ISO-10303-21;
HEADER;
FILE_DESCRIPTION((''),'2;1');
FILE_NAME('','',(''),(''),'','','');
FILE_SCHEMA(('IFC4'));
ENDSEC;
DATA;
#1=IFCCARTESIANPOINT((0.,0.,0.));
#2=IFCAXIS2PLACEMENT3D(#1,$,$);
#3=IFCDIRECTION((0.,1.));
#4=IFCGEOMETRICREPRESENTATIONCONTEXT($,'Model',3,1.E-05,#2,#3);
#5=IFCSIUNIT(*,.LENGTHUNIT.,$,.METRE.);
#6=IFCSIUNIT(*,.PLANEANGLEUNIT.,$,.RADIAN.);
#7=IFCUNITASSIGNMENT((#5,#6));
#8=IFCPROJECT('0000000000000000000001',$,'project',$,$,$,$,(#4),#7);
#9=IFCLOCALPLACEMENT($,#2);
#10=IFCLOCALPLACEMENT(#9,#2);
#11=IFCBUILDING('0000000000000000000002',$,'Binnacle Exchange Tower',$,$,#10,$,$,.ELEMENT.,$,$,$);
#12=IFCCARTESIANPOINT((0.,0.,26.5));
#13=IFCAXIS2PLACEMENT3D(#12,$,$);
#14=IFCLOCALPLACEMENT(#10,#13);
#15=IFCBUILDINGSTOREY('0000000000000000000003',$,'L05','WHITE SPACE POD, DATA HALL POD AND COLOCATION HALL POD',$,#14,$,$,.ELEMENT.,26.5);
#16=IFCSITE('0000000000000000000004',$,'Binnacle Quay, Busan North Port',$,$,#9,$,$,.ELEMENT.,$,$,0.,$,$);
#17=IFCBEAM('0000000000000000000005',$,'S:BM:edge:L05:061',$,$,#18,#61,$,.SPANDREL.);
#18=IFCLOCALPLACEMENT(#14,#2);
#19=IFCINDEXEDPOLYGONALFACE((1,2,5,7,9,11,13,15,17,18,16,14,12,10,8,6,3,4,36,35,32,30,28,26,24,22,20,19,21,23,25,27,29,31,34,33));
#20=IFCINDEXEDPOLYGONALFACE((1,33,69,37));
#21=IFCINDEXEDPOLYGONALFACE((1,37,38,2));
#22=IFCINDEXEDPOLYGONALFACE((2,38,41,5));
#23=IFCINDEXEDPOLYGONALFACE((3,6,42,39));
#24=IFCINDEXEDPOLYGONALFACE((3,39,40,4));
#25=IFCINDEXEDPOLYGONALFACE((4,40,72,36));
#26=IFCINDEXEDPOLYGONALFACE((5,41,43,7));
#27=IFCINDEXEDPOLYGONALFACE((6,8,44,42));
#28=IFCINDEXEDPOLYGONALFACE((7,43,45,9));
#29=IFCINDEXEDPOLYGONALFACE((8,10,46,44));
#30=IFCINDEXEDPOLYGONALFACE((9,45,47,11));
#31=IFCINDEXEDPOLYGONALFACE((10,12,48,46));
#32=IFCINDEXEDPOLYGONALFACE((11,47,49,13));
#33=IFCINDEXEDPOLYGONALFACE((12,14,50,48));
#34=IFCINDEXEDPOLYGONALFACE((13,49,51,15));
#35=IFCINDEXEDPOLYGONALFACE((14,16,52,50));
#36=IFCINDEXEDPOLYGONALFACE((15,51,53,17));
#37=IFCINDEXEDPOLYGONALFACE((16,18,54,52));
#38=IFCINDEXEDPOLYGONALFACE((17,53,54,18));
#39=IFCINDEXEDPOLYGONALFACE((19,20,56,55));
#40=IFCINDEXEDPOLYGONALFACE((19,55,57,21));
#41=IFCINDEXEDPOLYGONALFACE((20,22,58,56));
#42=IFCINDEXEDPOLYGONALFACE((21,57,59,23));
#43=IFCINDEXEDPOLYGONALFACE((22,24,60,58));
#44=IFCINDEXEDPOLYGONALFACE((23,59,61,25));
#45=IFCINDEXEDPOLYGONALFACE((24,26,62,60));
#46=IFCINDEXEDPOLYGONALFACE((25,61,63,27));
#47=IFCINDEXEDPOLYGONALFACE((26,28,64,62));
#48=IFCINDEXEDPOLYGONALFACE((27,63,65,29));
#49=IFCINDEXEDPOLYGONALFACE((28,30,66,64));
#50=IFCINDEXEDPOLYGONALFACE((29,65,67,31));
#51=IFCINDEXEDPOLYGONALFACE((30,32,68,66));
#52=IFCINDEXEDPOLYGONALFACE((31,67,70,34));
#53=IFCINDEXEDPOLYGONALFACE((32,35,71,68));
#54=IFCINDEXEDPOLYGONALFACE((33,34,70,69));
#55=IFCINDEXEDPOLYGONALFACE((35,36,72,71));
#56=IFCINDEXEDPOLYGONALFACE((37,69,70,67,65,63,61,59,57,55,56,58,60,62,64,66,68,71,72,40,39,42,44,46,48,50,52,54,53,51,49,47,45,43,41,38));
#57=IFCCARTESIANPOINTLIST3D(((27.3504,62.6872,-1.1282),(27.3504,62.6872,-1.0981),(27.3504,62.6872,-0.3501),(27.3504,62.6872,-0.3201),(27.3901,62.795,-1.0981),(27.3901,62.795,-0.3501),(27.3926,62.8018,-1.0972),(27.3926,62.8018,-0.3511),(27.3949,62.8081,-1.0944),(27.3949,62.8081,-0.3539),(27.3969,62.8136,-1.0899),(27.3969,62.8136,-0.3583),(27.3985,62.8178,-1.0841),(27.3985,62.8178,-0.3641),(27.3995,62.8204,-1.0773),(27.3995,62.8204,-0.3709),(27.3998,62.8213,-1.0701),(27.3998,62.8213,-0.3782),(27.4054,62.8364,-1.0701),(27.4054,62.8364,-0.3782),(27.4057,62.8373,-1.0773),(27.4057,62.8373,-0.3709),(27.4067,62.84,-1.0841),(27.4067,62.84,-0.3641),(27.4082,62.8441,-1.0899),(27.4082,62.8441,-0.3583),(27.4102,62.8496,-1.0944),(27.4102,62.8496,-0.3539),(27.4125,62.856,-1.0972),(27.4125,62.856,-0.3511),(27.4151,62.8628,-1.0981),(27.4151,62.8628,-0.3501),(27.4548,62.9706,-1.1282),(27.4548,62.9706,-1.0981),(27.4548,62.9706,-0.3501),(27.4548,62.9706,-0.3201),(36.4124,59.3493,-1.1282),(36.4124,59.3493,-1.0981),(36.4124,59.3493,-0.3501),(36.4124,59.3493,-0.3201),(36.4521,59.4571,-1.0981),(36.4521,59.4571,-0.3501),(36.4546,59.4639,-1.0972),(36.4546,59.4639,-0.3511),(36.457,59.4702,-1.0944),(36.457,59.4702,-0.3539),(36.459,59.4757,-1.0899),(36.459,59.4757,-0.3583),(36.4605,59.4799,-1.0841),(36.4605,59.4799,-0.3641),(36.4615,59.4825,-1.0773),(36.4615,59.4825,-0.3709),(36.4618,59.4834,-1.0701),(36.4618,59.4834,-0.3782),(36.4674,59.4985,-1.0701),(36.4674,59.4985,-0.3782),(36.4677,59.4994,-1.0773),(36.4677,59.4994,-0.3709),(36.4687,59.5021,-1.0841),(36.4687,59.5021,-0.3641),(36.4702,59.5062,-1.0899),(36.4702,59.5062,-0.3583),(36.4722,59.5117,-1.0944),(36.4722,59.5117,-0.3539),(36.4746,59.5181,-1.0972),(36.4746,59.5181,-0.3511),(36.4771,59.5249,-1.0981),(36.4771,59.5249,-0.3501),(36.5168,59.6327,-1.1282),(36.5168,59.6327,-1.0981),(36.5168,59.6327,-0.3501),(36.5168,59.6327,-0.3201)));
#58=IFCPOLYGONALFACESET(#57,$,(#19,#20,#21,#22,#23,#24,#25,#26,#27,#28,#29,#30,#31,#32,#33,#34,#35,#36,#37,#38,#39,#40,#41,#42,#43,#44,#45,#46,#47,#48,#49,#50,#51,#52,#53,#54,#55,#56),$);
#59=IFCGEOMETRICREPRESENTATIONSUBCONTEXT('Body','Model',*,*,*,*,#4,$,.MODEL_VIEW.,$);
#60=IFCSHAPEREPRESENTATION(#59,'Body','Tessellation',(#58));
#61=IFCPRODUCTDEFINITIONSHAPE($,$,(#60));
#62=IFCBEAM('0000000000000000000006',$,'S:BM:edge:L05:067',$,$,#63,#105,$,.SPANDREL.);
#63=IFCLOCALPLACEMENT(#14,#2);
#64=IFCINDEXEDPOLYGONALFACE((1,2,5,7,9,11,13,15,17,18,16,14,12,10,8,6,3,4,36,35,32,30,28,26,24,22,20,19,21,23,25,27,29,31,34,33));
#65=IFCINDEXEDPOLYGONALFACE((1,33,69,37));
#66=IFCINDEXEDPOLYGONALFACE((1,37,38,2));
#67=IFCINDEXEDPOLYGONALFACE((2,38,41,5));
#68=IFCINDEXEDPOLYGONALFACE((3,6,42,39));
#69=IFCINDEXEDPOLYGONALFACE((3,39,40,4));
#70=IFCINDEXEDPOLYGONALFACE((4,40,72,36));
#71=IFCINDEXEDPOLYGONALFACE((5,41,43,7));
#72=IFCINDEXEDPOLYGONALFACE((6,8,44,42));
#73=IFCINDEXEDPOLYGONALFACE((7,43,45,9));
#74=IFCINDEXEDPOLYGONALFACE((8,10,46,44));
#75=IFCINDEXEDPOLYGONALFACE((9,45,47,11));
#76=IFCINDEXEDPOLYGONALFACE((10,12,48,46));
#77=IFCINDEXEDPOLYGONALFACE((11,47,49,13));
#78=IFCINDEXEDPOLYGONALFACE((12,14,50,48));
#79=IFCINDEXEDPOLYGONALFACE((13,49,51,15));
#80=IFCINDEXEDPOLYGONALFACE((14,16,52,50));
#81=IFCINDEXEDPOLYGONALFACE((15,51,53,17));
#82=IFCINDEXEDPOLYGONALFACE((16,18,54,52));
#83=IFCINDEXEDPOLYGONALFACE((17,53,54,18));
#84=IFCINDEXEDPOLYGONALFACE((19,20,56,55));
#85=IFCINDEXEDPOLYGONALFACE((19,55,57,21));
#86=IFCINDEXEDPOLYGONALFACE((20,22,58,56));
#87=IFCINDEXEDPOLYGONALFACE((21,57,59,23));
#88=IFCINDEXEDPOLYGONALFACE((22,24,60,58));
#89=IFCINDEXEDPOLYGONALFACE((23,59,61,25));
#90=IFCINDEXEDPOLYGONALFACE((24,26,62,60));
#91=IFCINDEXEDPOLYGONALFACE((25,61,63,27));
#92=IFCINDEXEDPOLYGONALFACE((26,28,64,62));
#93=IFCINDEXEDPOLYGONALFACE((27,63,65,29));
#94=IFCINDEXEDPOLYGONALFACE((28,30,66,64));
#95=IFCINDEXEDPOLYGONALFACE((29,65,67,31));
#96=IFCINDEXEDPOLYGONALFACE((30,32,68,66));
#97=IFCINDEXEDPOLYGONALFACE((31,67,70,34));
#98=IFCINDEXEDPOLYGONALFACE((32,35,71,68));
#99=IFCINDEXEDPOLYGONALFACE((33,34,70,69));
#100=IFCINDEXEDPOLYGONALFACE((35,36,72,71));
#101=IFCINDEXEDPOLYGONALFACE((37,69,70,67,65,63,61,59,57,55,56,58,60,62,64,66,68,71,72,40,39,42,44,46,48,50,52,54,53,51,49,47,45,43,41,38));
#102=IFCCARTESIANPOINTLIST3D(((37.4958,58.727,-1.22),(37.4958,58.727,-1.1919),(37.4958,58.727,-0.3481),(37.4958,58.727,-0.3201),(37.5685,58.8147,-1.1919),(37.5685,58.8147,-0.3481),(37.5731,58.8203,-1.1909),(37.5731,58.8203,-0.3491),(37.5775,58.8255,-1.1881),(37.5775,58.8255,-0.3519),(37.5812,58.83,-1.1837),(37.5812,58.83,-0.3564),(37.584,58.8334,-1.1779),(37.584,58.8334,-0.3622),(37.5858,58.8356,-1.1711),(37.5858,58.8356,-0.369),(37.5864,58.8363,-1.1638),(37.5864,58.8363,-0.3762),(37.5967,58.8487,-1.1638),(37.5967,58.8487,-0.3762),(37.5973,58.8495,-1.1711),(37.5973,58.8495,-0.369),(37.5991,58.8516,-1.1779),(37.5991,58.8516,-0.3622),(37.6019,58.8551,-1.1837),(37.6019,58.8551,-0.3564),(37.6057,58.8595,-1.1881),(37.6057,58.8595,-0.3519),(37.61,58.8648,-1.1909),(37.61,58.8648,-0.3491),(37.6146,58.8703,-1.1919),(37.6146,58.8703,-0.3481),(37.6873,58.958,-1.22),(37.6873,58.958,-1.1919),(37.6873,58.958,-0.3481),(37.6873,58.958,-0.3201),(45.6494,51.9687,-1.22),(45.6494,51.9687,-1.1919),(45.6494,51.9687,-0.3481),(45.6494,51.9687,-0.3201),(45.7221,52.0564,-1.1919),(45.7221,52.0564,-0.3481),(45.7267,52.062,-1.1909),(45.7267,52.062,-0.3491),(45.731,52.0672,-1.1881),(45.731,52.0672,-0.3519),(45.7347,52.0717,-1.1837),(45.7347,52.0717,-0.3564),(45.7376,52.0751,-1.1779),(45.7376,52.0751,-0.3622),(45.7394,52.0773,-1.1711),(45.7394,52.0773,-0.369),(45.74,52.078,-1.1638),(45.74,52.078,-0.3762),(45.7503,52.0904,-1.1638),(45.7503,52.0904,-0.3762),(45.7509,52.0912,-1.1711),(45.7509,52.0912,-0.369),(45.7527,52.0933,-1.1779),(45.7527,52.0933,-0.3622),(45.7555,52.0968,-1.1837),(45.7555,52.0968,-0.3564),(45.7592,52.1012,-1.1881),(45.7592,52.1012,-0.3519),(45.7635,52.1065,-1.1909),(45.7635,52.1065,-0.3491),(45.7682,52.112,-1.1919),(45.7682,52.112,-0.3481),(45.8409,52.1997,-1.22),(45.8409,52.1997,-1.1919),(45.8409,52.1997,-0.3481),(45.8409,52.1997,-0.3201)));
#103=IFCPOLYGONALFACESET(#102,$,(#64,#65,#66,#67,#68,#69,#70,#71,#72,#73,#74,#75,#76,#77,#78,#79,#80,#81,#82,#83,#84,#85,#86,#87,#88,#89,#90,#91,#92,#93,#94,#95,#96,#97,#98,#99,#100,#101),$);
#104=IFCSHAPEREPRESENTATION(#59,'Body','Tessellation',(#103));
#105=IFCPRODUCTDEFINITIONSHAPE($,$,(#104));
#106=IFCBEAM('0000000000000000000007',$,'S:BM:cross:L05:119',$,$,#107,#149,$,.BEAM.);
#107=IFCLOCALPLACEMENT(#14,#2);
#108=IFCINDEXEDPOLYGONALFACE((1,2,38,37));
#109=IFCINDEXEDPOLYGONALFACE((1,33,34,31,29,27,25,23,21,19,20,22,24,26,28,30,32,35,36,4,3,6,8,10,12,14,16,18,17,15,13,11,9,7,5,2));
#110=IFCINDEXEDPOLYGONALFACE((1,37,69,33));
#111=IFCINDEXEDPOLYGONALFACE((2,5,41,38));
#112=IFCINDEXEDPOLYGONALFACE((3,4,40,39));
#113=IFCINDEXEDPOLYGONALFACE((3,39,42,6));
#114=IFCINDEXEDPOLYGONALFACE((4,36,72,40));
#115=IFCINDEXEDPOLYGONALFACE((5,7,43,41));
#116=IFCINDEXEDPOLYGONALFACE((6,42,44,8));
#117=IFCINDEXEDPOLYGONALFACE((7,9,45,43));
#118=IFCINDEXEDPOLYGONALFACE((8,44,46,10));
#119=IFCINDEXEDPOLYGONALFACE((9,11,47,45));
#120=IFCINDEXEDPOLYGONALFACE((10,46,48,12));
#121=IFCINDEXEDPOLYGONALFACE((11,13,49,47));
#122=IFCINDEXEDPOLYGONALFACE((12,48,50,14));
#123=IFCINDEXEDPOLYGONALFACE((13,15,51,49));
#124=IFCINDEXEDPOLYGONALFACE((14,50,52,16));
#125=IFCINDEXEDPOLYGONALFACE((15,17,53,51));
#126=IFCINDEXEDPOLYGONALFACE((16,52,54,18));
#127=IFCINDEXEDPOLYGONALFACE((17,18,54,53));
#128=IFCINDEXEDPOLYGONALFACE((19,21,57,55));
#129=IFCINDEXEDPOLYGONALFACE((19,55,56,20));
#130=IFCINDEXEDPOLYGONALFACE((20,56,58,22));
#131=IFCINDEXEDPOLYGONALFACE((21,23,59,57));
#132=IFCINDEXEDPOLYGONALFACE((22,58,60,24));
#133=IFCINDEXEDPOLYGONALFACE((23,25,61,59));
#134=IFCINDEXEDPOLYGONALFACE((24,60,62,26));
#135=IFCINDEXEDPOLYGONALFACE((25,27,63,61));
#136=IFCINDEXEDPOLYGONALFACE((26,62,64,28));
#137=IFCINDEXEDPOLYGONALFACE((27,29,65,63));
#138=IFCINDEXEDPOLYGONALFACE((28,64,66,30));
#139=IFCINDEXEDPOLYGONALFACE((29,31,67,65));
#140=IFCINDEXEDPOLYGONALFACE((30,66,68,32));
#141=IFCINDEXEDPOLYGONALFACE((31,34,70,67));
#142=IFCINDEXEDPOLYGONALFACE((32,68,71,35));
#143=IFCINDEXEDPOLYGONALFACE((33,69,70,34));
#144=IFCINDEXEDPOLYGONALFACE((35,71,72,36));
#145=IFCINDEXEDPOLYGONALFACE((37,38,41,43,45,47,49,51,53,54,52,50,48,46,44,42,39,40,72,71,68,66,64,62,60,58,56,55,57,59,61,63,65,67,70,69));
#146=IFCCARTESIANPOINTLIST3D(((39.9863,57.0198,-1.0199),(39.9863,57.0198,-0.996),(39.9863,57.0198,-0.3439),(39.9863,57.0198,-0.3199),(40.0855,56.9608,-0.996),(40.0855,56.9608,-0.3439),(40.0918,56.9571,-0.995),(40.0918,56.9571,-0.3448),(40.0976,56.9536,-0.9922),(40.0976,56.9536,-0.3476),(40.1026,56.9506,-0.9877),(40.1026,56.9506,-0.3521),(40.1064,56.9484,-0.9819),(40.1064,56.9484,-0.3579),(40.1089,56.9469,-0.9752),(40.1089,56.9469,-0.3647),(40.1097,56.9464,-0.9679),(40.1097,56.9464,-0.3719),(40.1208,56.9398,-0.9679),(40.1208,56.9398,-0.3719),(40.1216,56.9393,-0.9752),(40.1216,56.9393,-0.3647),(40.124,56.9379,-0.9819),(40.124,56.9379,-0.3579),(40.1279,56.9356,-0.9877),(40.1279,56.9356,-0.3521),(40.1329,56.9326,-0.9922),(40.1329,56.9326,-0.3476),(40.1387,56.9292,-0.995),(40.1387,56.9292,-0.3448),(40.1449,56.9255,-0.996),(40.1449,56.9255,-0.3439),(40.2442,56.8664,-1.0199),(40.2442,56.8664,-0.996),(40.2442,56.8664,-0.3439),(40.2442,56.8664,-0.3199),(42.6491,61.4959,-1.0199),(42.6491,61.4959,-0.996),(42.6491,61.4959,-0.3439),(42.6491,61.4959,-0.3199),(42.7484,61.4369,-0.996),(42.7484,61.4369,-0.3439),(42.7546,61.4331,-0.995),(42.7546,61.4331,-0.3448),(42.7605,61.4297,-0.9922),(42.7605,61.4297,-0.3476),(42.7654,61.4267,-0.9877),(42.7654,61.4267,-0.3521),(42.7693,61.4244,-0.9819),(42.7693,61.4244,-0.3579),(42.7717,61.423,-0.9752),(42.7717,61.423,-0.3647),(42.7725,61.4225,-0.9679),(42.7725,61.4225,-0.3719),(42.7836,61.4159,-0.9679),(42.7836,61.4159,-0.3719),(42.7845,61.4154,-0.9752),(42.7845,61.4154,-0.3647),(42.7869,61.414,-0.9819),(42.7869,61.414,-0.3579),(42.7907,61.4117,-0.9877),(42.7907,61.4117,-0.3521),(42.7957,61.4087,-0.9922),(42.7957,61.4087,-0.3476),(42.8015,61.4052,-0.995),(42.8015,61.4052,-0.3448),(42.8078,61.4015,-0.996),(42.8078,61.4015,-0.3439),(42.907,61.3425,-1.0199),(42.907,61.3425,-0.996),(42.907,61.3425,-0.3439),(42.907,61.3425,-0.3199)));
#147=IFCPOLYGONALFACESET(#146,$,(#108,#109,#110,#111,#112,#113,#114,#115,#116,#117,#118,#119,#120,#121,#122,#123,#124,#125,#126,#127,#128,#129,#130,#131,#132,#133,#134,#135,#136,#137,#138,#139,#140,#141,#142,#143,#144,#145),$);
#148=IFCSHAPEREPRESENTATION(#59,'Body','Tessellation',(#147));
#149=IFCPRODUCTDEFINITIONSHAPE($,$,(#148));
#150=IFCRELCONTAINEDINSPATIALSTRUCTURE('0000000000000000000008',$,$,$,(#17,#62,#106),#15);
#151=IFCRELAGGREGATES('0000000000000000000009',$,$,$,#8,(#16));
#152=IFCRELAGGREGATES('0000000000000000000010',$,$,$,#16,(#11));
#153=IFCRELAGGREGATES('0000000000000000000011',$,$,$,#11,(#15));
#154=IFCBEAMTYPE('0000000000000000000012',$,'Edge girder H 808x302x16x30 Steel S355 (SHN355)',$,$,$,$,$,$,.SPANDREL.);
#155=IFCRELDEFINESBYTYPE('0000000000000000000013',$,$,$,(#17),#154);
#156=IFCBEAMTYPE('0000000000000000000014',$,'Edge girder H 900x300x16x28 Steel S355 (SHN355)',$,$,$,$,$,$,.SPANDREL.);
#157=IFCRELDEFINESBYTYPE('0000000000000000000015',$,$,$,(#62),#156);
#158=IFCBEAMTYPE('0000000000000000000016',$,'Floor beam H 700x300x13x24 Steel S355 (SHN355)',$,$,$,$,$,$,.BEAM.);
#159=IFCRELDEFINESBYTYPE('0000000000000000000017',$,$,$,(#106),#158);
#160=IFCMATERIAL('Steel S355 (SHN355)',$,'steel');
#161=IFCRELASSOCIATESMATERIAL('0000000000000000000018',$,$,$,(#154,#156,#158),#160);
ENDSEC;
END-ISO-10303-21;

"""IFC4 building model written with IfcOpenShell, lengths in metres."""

from ifc_helpers import new_model, si_unit, direction, frame, origin, origin_2d, place, context, subcontext, project, spatial, i_section, extrude, material, material_profile, profile_set, type_object, element, save


model = new_model("IFC4")

# Units and contexts
model_context = context("Model", 3, precision=1e-05, world=origin(), true_north=direction((0.0, 1.0)))
body_context = subcontext(model_context, "Body", "Model", "MODEL_VIEW")
ifc_project = project(units=[si_unit("LENGTHUNIT", "METRE"), si_unit("PLANEANGLEUNIT", "RADIAN")], contexts=[model_context])

# Site, building, storey
site_placement = place(None, origin())
site = spatial("IfcSite", under=ifc_project, at=site_placement, Name="Binnacle Quay, Busan North Port", CompositionType="ELEMENT", RefElevation=0.0)
building_placement = place(site_placement, origin())
building = spatial("IfcBuilding", under=site, at=building_placement, Name="Binnacle Exchange Tower", CompositionType="ELEMENT")
storey_placement = place(building_placement, frame((0.0, 0.0, 26.5)))
storey = spatial("IfcBuildingStorey", under=building, at=storey_placement, Name="L05", Description="WHITE SPACE POD, DATA HALL POD AND COLOCATION HALL POD", CompositionType="ELEMENT", Elevation=26.5)

# Beams
ifc_material_1 = material(Name="Steel S355 (SHN355)", Category="steel")
ifc_material_profile_1 = material_profile(ifc_material_1, i_section(OverallWidth=0.302, OverallDepth=0.8081, WebThickness=0.0161, FlangeThickness=0.03, FilletRadius=0.0281, at=origin_2d()), Name="H 808x302x16x30")
ifc_profile_set_1 = profile_set([ifc_material_profile_1], Name="Steel S355 (SHN355)")
beam_type_1 = type_object("IfcBeamType", Name="Edge girder H 808x302x16x30 Steel S355 (SHN355)", PredefinedType="SPANDREL", material=ifc_profile_set_1)
beam_1_placement = place(storey_placement, frame((36.4646, 59.491, -0.7241), z_axis=(-0.938368, 0.345637, 0.0), x_axis=(-0.345637, -0.938368, 0.0)))
element("IfcBeam", 1, at=beam_1_placement, inside=storey, type_object=beam_type_1, Name="S:BM:edge:L05:061", PredefinedType="SPANDREL", context=body_context, shape_type="SweptSolid", body=[
    extrude(i_section(OverallWidth=0.302, OverallDepth=0.8081, WebThickness=0.0161, FlangeThickness=0.03, FilletRadius=0.0281, at=origin_2d()), origin(), (0.0, 0.0, 1.0), 9.6572),
])
ifc_material_profile_2 = material_profile(ifc_material_1, i_section(OverallWidth=0.3, OverallDepth=0.8999, WebThickness=0.0161, FlangeThickness=0.0281, FilletRadius=0.0281, at=origin_2d()), Name="H 900x300x16x28")
ifc_profile_set_2 = profile_set([ifc_material_profile_2], Name="Steel S355 (SHN355)")
beam_type_2 = type_object("IfcBeamType", Name="Edge girder H 900x300x16x28 Steel S355 (SHN355)", PredefinedType="SPANDREL", material=ifc_profile_set_2)
beam_2_placement = place(storey_placement, frame((45.7451, 52.0842, -0.77), z_axis=(-0.769906, 0.638157, 0.0), x_axis=(-0.638157, -0.769906, 0.0)))
element("IfcBeam", 2, at=beam_2_placement, inside=storey, type_object=beam_type_2, Name="S:BM:edge:L05:067", PredefinedType="SPANDREL", context=body_context, shape_type="SweptSolid", body=[
    extrude(i_section(OverallWidth=0.3, OverallDepth=0.8999, WebThickness=0.0161, FlangeThickness=0.0281, FilletRadius=0.0281, at=origin_2d()), origin(), (0.0, 0.0, 1.0), 10.5903),
])
ifc_material_profile_3 = material_profile(ifc_material_1, i_section(OverallWidth=0.3, OverallDepth=0.7, WebThickness=0.0129, FlangeThickness=0.0239, FilletRadius=0.0281, at=origin_2d()), Name="H 700x300x13x24")
ifc_profile_set_3 = profile_set([ifc_material_profile_3], Name="Steel S355 (SHN355)")
beam_type_3 = type_object("IfcBeamType", Name="Floor beam H 700x300x13x24 Steel S355 (SHN355)", PredefinedType="BEAM", material=ifc_profile_set_3)
beam_3_placement = place(storey_placement, frame((42.7781, 61.4192, -0.6699), z_axis=(-0.511273, -0.859418, 0.0), x_axis=(0.859418, -0.511273, 0.0)))
element("IfcBeam", 3, at=beam_3_placement, inside=storey, type_object=beam_type_3, Name="S:BM:cross:L05:119", PredefinedType="BEAM", context=body_context, shape_type="SweptSolid", body=[
    extrude(i_section(OverallWidth=0.3, OverallDepth=0.7, WebThickness=0.0129, FlangeThickness=0.0239, FilletRadius=0.0281, at=origin_2d()), origin(), (0.0, 0.0, 1.0), 5.2083),
])

save(model, "model.ifc")
